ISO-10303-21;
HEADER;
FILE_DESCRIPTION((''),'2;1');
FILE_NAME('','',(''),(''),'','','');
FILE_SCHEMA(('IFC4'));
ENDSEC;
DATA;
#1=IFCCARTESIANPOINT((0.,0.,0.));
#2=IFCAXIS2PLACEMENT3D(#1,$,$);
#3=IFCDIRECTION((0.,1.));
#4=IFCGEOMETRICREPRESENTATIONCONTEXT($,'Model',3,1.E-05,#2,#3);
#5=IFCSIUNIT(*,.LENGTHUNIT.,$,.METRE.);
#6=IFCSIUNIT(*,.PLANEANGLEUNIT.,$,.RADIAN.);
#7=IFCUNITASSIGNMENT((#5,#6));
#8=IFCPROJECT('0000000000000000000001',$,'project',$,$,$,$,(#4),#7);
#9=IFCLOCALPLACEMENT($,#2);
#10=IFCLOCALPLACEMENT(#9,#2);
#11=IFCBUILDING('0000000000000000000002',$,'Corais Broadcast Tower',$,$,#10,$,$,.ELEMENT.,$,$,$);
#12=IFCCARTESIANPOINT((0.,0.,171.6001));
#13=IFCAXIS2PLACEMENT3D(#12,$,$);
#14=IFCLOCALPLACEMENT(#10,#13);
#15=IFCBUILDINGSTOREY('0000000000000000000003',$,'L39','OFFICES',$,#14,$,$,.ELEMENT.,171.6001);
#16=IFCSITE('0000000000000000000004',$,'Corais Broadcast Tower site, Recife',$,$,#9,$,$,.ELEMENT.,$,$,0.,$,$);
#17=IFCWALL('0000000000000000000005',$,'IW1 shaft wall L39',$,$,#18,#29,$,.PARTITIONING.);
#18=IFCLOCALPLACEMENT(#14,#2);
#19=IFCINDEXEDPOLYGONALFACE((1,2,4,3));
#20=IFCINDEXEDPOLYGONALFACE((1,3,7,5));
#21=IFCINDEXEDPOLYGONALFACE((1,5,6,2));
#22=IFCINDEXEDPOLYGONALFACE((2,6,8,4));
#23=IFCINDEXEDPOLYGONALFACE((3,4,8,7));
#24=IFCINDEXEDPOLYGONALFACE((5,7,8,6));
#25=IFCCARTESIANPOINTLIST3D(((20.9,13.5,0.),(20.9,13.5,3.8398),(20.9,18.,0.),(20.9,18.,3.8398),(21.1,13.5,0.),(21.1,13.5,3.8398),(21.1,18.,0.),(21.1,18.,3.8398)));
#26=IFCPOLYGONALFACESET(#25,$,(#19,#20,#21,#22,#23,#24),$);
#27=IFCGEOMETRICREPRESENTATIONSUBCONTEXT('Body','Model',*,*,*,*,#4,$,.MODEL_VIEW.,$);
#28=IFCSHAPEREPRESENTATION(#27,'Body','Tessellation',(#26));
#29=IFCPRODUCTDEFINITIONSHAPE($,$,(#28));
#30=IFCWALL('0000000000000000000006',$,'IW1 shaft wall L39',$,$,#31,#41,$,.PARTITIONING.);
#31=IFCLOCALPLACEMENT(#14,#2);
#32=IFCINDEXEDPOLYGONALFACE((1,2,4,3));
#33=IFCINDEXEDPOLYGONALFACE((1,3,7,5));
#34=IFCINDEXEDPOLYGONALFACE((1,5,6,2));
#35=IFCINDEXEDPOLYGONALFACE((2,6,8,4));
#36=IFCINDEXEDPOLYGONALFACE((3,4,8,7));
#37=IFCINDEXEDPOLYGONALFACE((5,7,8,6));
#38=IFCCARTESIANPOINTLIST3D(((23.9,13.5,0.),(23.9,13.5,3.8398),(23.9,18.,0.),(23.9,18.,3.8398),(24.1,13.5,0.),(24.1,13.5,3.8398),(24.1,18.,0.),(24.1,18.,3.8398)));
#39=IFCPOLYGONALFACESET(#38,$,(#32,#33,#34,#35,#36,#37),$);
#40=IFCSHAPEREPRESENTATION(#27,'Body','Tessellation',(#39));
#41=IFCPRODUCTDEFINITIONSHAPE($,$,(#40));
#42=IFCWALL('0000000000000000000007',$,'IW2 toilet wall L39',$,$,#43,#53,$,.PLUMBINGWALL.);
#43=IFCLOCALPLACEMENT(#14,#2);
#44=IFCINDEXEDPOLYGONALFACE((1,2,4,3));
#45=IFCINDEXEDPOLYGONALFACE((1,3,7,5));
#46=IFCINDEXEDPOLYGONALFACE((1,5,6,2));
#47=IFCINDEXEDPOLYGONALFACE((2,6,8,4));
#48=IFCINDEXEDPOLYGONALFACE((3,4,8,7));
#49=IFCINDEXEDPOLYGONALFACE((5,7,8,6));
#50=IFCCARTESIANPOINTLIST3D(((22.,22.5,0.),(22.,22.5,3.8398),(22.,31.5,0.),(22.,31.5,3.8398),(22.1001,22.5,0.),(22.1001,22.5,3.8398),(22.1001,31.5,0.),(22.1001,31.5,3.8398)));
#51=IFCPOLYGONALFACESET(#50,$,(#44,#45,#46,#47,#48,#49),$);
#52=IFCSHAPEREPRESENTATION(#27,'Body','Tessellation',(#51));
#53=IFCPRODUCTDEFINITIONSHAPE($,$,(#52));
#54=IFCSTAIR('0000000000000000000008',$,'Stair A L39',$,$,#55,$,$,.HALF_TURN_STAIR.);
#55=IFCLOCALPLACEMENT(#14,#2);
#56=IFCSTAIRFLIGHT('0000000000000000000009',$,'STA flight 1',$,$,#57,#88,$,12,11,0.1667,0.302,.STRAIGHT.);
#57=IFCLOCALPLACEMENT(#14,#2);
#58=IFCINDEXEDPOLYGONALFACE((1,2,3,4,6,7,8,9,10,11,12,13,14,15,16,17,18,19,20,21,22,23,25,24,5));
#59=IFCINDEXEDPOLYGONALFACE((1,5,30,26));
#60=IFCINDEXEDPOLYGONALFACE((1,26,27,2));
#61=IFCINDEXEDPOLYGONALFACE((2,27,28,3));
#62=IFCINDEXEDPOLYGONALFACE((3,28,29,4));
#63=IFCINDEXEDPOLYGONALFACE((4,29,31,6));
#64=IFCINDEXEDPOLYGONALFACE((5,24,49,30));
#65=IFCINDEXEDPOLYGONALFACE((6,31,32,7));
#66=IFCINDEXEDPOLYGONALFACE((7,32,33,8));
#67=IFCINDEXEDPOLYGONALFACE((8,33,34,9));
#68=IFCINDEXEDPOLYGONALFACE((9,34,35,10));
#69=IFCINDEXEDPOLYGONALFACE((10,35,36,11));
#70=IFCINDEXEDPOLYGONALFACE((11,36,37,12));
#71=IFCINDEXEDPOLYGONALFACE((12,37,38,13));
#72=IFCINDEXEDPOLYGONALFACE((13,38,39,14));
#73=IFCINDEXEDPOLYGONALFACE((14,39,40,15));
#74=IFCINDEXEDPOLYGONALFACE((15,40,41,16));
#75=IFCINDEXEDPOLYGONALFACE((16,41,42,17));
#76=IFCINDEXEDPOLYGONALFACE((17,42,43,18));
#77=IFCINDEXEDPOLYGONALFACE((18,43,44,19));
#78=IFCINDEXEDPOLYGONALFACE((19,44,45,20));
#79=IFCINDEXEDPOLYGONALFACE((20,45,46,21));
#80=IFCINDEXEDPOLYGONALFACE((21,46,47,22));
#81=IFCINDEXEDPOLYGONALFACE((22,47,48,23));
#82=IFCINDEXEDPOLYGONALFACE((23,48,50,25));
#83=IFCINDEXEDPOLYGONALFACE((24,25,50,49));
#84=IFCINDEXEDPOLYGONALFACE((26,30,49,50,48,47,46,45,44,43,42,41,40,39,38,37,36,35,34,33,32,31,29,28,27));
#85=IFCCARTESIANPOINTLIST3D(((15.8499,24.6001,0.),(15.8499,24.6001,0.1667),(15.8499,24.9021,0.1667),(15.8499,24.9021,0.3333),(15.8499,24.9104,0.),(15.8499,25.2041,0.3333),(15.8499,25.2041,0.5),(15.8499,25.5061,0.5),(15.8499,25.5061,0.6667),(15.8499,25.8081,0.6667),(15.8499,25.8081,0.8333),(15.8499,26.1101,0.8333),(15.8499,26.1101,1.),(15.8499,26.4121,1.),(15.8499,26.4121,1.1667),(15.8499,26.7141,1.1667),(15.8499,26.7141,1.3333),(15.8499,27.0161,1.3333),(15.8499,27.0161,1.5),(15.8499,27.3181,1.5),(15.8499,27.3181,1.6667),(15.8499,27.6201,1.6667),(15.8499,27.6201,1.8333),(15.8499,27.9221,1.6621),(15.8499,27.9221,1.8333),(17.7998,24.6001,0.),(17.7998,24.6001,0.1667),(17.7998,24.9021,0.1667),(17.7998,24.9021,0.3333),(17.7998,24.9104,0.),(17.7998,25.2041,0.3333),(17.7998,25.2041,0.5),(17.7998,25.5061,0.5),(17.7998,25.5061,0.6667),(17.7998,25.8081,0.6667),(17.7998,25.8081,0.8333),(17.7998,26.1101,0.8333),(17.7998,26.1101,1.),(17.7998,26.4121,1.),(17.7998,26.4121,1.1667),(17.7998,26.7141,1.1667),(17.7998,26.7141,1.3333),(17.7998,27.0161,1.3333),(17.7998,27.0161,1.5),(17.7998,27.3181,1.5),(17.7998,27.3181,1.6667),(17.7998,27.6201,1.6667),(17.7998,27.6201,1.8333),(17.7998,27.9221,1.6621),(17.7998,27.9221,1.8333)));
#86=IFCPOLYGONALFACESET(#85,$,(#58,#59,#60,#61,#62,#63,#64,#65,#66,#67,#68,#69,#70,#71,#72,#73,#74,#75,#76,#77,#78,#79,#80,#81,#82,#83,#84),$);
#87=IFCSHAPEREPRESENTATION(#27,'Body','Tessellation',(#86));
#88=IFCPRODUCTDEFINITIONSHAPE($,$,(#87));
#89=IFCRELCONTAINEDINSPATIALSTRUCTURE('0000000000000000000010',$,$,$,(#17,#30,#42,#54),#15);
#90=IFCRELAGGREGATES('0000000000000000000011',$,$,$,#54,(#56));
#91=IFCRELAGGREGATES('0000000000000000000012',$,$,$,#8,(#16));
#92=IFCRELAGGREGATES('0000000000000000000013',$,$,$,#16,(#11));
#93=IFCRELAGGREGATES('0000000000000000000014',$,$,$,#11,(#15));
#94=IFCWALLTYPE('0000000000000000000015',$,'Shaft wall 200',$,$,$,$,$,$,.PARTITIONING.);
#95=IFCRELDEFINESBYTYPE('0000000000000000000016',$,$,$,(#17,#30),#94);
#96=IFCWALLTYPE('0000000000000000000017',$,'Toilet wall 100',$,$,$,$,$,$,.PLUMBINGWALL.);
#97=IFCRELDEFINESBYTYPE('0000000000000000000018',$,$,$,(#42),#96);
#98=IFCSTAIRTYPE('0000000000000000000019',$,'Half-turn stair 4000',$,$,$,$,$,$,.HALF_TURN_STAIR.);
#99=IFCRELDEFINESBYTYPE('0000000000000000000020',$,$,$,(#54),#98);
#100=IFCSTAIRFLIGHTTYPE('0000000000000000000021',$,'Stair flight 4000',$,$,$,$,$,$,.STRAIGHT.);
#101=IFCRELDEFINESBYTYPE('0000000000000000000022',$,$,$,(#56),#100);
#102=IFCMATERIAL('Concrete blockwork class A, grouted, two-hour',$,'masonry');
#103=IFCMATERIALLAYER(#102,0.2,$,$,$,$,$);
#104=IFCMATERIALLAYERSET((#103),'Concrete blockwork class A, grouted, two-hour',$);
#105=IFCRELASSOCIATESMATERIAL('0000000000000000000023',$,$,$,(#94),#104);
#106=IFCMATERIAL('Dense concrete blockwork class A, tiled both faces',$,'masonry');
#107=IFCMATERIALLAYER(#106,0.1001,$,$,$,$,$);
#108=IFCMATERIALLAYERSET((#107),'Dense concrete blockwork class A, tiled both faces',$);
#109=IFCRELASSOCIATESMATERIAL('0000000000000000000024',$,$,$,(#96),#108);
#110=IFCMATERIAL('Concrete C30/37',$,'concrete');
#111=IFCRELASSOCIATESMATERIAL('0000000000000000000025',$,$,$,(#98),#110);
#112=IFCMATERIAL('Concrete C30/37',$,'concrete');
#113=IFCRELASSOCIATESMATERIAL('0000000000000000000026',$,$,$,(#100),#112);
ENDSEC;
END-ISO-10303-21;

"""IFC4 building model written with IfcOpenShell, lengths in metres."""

from ifc_helpers import new_model, si_unit, direction, frame, frame_2d, origin, place, context, subcontext, project, spatial, polyline, rectangle, outline, extrude, material, layer, layer_set, type_object, element, aggregate, save


model = new_model("IFC4")

# Units and contexts
model_context = context("Model", 3, precision=1e-05, world=origin(), true_north=direction((0.0, 1.0)))
body_context = subcontext(model_context, "Body", "Model", "MODEL_VIEW")
ifc_project = project(units=[si_unit("LENGTHUNIT", "METRE"), si_unit("PLANEANGLEUNIT", "RADIAN")], contexts=[model_context])

# Site, building, storey
site_placement = place(None, origin())
site = spatial("IfcSite", under=ifc_project, at=site_placement, Name="Corais Broadcast Tower site, Recife", CompositionType="ELEMENT", RefElevation=0.0)
building_placement = place(site_placement, origin())
building = spatial("IfcBuilding", under=site, at=building_placement, Name="Corais Broadcast Tower", CompositionType="ELEMENT")
storey_placement = place(building_placement, frame((0.0, 0.0, 171.6001)))
storey = spatial("IfcBuildingStorey", under=building, at=storey_placement, Name="L39", Description="OFFICES", CompositionType="ELEMENT", Elevation=171.6001)

# Walls
ifc_material_1 = material(Name="Concrete blockwork class A, grouted, two-hour", Category="masonry")
ifc_layer_1 = layer(ifc_material_1, 0.2)
ifc_layer_set_1 = layer_set([ifc_layer_1], Name="Concrete blockwork class A, grouted, two-hour")
wall_type_1 = type_object("IfcWallType", Name="Shaft wall 200", PredefinedType="PARTITIONING", material=ifc_layer_set_1)
for number, where, z_axis, x_axis, name in (
    (1, (21.0, 13.5, 0.0), (0.0, 0.0, 1.0), (0.0, 1.0, 0.0), "IW1 shaft wall L39"),
    (2, (24.0, 13.5, 0.0), (0.0, 0.0, 1.0), (0.0, 1.0, 0.0), "IW1 shaft wall L39"),
):
    element("IfcWall", number, at=place(storey_placement, frame(where, z_axis=z_axis, x_axis=x_axis)), inside=storey, type_object=wall_type_1, Name=name, PredefinedType="PARTITIONING", context=body_context, shape_type="SweptSolid", body=[
        extrude(rectangle(XDim=4.5, YDim=0.2, at=frame_2d((2.25, 0.0))), origin(), (0.0, 0.0, 1.0), 3.8398),
    ])
ifc_material_2 = material(Name="Dense concrete blockwork class A, tiled both faces", Category="masonry")
ifc_layer_2 = layer(ifc_material_2, 0.1001)
ifc_layer_set_2 = layer_set([ifc_layer_2], Name="Dense concrete blockwork class A, tiled both faces")
wall_type_2 = type_object("IfcWallType", Name="Toilet wall 100", PredefinedType="PLUMBINGWALL", material=ifc_layer_set_2)
wall_1_placement = place(storey_placement, frame((22.05, 22.5, 0.0), z_axis=(0.0, 0.0, 1.0), x_axis=(0.0, 1.0, 0.0)))
element("IfcWall", 3, at=wall_1_placement, inside=storey, type_object=wall_type_2, Name="IW2 toilet wall L39", PredefinedType="PLUMBINGWALL", context=body_context, shape_type="SweptSolid", body=[
    extrude(rectangle(XDim=9.0, YDim=0.1001, at=frame_2d((4.5, 0.0))), origin(), (0.0, 0.0, 1.0), 3.8398),
])

# Stair, stair flight
ifc_material_3 = material(Name="Concrete C30/37", Category="concrete")
stair_type = type_object("IfcStairType", Name="Half-turn stair 4000", PredefinedType="HALF_TURN_STAIR", material=ifc_material_3)
stair_placement = place(storey_placement, origin())
stair = element("IfcStair", 4, at=stair_placement, inside=storey, type_object=stair_type, Name="Stair A L39", PredefinedType="HALF_TURN_STAIR")
ifc_material_4 = material(Name="Concrete C30/37", Category="concrete")
stair_flight_type = type_object("IfcStairFlightType", Name="Stair flight 4000", PredefinedType="STRAIGHT", material=ifc_material_4)
stair_flight_placement = place(storey_placement, frame((16.825, 24.6001, 0.0), z_axis=(0.0, 0.0, 1.0), x_axis=(0.0, 1.0, 0.0)))
stair_flight = element("IfcStairFlight", 5, at=stair_flight_placement, type_object=stair_flight_type, Name="STA flight 1", NumberOfRisers=12, NumberOfTreads=11, PredefinedType="STRAIGHT", RiserHeight=0.1667, TreadLength=0.302, context=body_context, shape_type="SweptSolid", body=[
    extrude(outline(polyline([(0.0, 0.0), (0.0, 0.1667), (0.302, 0.1667), (0.302, 0.3333), (0.604, 0.3333), (0.604, 0.5), (0.906, 0.5), (0.906, 0.6667), (1.208, 0.6667), (1.208, 0.8333), (1.51, 0.8333), (1.51, 1.0), (1.812, 1.0), (1.812, 1.1667), (2.114, 1.1667), (2.114, 1.3333), (2.416, 1.3333), (2.416, 1.5), (2.718, 1.5), (2.718, 1.6667), (3.02, 1.6667), (3.02, 1.8333), (3.322, 1.8333), (3.322, 2.0), (3.322, 1.6621), (0.3103, 0.0), (0.0, 0.0)])), frame((0.0, 0.9751, 0.0), z_axis=(0.0, -1.0, 0.0), x_axis=(1.0, 0.0, 0.0)), (0.0, 0.0, 1.0), 1.95),
])
aggregate(stair, [stair_flight])

save(model, "model.ifc")
